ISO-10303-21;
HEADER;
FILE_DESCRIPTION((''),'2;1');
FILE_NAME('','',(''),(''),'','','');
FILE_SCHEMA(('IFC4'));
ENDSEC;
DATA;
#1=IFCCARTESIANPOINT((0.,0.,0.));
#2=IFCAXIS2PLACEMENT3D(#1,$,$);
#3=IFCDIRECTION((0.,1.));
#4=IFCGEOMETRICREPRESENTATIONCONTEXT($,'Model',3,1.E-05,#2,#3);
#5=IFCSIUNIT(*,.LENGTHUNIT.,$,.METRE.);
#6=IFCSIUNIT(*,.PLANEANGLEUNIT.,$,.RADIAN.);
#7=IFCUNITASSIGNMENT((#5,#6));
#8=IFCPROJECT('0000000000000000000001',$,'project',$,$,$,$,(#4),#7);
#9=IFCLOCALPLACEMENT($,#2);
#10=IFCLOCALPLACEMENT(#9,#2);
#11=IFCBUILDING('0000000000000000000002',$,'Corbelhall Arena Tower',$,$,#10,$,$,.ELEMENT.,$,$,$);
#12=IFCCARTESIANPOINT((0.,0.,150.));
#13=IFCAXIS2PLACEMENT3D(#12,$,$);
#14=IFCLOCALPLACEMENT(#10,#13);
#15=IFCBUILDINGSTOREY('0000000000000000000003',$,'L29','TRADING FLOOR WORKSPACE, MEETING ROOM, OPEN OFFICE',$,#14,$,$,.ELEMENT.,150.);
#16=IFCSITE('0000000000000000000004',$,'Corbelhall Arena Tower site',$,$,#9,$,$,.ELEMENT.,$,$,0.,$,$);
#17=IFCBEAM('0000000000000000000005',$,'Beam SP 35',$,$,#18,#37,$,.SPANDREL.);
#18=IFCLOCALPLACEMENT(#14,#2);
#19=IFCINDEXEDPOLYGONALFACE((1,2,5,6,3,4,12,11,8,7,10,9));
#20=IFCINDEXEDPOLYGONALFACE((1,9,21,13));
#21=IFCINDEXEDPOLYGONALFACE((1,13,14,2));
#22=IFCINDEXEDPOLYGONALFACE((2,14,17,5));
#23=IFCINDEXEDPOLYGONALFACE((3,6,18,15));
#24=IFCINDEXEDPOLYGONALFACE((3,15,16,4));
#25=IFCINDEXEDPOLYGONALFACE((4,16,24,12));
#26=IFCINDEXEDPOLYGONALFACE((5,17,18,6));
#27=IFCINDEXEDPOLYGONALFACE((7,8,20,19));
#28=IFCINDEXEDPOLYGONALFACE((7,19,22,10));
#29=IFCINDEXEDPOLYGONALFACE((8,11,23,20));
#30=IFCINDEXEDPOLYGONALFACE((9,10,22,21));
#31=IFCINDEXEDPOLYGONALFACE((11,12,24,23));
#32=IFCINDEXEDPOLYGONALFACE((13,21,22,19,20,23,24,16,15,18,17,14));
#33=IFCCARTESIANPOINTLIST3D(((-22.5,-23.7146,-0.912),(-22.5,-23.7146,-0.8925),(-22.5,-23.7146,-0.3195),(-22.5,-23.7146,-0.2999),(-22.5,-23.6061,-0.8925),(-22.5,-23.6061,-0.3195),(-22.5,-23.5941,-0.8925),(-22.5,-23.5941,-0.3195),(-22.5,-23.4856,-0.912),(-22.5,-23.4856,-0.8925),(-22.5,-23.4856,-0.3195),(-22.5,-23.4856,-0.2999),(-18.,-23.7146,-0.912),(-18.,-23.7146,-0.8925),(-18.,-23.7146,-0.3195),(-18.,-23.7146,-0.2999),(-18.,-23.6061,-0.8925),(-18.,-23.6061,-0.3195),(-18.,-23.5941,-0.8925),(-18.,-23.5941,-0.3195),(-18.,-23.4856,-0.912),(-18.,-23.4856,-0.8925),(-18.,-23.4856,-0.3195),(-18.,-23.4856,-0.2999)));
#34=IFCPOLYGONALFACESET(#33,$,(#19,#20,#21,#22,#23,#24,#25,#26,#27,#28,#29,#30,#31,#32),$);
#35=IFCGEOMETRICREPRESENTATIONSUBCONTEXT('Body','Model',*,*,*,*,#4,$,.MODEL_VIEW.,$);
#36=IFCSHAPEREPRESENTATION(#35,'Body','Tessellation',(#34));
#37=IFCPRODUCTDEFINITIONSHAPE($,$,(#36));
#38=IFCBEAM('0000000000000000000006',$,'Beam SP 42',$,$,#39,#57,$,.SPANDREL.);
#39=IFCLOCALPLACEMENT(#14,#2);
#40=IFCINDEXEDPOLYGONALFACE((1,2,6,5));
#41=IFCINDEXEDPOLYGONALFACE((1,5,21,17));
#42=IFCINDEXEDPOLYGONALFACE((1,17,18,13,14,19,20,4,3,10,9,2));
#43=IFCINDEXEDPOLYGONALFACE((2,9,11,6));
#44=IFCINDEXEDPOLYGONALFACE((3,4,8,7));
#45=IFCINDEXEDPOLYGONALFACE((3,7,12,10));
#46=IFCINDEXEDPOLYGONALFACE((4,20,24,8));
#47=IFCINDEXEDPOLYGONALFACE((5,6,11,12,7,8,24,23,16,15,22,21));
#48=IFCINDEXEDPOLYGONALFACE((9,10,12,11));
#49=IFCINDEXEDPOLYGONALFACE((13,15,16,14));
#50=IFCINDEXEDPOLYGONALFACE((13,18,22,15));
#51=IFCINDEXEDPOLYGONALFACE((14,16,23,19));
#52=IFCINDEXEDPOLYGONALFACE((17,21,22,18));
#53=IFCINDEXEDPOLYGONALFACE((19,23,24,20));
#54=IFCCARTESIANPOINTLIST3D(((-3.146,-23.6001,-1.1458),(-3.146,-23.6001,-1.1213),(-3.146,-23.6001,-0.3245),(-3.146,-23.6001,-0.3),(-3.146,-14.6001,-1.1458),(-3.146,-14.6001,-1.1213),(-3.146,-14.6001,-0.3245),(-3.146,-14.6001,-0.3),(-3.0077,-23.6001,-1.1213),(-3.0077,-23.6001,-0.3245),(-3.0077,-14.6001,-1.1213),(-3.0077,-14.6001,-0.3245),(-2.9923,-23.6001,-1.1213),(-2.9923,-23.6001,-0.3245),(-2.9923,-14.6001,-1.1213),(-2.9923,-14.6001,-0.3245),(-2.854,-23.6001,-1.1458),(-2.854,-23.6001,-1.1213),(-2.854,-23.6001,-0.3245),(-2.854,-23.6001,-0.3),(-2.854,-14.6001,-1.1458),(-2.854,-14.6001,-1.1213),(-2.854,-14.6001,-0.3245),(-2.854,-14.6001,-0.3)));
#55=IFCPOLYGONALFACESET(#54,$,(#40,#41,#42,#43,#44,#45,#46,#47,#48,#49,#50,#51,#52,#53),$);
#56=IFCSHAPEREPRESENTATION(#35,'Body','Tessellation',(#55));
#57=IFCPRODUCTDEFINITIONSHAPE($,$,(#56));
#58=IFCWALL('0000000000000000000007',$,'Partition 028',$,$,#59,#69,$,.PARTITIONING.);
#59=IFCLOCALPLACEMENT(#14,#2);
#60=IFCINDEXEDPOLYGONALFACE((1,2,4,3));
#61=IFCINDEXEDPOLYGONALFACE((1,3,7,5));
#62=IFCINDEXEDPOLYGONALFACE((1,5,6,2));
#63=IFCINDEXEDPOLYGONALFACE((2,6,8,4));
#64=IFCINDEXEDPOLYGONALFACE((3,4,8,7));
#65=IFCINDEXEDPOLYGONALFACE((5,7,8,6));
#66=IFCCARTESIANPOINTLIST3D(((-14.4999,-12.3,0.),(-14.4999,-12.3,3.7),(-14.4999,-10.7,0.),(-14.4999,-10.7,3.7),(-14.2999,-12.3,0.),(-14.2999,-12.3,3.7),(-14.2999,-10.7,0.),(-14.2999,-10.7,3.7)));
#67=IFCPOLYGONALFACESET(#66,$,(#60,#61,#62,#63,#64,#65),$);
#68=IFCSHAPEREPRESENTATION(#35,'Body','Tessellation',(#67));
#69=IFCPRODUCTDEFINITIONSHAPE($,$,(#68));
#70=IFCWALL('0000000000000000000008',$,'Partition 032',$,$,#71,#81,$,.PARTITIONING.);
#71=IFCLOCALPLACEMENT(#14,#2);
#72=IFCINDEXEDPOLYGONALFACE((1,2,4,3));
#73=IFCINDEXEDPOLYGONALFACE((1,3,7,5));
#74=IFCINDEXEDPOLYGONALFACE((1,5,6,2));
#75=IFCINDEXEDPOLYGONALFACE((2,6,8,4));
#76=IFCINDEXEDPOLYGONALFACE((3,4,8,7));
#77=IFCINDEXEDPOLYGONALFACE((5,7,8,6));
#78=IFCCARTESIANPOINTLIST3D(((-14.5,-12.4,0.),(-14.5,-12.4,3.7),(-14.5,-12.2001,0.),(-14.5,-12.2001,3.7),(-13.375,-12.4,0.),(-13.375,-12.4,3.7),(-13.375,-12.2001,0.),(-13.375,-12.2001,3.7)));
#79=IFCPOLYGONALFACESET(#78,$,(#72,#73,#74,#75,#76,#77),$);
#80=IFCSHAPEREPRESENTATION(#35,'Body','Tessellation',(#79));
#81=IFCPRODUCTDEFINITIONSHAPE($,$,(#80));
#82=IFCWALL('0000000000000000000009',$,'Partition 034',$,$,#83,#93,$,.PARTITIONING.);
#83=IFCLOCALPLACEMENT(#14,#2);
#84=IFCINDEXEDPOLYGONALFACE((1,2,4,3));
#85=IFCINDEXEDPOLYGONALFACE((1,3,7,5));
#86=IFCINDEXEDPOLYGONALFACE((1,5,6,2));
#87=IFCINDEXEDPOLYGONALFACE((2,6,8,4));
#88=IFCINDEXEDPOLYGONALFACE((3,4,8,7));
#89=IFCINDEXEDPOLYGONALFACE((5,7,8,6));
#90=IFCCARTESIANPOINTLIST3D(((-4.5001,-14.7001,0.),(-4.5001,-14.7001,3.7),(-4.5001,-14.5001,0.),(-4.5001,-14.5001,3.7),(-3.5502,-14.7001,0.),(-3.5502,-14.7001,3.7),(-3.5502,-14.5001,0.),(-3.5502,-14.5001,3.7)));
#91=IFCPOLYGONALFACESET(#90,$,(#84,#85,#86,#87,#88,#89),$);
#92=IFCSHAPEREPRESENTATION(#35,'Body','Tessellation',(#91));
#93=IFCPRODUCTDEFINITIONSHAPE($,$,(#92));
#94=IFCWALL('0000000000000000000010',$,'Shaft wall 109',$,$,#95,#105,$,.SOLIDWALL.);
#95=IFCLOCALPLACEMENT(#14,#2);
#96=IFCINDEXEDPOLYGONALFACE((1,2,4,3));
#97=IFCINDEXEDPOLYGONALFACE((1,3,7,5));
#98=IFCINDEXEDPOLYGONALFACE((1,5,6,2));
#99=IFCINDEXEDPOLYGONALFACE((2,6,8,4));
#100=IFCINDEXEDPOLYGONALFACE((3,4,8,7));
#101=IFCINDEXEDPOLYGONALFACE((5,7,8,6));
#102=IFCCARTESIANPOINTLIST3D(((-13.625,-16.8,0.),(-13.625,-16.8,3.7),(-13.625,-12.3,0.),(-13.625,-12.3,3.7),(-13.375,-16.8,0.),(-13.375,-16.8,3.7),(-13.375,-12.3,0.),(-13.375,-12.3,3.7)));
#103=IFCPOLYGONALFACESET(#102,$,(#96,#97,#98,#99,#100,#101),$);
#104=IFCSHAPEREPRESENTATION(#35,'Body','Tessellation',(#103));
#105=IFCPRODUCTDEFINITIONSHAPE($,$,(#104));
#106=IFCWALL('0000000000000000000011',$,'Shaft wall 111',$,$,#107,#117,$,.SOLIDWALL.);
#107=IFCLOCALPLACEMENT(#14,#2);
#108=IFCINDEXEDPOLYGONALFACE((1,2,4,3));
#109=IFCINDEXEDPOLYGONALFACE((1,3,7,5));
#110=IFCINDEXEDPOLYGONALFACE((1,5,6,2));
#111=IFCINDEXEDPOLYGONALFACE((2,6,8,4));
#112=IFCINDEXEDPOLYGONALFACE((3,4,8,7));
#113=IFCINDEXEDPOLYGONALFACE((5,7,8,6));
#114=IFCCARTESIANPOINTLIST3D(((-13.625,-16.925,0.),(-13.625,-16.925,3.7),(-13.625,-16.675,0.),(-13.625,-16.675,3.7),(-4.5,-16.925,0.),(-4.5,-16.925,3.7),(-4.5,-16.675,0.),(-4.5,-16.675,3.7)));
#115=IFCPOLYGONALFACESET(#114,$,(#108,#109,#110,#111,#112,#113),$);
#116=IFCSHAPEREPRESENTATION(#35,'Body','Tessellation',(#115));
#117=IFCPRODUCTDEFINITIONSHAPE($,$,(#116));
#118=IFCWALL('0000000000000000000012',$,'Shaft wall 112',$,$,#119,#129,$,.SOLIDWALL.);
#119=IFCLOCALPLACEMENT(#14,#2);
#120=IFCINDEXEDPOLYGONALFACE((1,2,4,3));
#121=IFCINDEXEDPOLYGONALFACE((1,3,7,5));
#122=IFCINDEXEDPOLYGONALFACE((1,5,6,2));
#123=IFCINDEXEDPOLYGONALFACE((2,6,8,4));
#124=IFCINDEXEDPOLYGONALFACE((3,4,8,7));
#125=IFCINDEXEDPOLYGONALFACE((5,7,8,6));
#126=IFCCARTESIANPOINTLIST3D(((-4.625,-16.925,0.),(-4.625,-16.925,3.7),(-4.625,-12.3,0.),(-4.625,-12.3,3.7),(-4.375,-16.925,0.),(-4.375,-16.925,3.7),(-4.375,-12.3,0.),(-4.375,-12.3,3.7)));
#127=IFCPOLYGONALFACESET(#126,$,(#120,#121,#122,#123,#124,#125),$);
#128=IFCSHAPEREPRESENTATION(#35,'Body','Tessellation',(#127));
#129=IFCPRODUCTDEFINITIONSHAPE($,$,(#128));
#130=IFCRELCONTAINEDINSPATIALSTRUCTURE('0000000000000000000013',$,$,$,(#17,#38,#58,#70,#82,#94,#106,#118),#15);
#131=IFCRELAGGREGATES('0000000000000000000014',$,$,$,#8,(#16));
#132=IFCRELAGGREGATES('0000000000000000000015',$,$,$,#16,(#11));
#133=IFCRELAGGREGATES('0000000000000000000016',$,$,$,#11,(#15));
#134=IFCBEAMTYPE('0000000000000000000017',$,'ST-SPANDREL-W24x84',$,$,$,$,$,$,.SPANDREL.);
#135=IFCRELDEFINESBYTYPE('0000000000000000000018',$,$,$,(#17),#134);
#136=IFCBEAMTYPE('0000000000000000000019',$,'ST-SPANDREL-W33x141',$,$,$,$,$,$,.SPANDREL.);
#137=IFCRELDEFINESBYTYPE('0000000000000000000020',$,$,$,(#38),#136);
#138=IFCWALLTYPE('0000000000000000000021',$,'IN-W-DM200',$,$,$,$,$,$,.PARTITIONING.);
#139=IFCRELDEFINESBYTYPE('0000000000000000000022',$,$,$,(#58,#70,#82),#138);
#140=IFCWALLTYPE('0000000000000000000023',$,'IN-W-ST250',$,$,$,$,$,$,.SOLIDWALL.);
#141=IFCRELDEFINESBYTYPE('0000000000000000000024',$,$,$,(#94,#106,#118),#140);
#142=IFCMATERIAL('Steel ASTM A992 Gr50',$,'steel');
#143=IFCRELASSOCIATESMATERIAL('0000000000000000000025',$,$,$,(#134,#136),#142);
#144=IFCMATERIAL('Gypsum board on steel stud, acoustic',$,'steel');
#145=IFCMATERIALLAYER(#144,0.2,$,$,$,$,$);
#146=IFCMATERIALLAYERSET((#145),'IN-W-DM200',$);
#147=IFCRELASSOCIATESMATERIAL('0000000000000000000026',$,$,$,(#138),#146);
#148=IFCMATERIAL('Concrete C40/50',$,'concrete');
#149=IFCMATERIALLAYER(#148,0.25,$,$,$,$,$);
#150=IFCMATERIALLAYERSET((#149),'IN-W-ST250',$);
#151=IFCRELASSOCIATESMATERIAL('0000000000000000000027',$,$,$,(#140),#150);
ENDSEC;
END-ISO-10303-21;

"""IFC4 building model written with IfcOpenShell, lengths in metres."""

from ifc_helpers import new_model, si_unit, direction, frame, frame_2d, origin, origin_2d, place, context, subcontext, project, spatial, rectangle, i_section, extrude, material, layer, layer_set, material_profile, profile_set, type_object, element, save


model = new_model("IFC4")

# Units and contexts
model_context = context("Model", 3, precision=1e-05, world=origin(), true_north=direction((0.0, 1.0)))
body_context = subcontext(model_context, "Body", "Model", "MODEL_VIEW")
ifc_project = project(units=[si_unit("LENGTHUNIT", "METRE"), si_unit("PLANEANGLEUNIT", "RADIAN")], contexts=[model_context])

# Site, building, storey
site_placement = place(None, origin())
site = spatial("IfcSite", under=ifc_project, at=site_placement, Name="Corbelhall Arena Tower site", CompositionType="ELEMENT", RefElevation=0.0)
building_placement = place(site_placement, origin())
building = spatial("IfcBuilding", under=site, at=building_placement, Name="Corbelhall Arena Tower", CompositionType="ELEMENT")
storey_placement = place(building_placement, frame((0.0, 0.0, 150.0)))
storey = spatial("IfcBuildingStorey", under=building, at=storey_placement, Name="L29", Description="TRADING FLOOR WORKSPACE, MEETING ROOM, OPEN OFFICE", CompositionType="ELEMENT", Elevation=150.0)

# Beams
ifc_material_1 = material(Name="Steel ASTM A992 Gr50", Category="steel")
ifc_material_profile_1 = material_profile(ifc_material_1, i_section(OverallWidth=0.229, OverallDepth=0.6121, WebThickness=0.012, FlangeThickness=0.0195, at=origin_2d()))
ifc_profile_set_1 = profile_set([ifc_material_profile_1], Name="Steel ASTM A992 Gr50")
beam_type_1 = type_object("IfcBeamType", Name="ST-SPANDREL-W24x84", PredefinedType="SPANDREL", material=ifc_profile_set_1)
for number, where, z_axis, x_axis, name in (
    (1, (-18.0, -23.6001, -0.606), (-1.0, 0.0, 0.0), (0.0, -1.0, 0.0), "Beam SP 35"),
):
    element("IfcBeam", number, at=place(storey_placement, frame(where, z_axis=z_axis, x_axis=x_axis)), inside=storey, type_object=beam_type_1, Name=name, PredefinedType="SPANDREL", context=body_context, shape_type="SweptSolid", body=[
        extrude(i_section(OverallWidth=0.229, OverallDepth=0.6121, WebThickness=0.012, FlangeThickness=0.0195, at=origin_2d()), origin(), (0.0, 0.0, 1.0), 4.5),
    ])
ifc_material_profile_2 = material_profile(ifc_material_1, i_section(OverallWidth=0.292, OverallDepth=0.8457, WebThickness=0.0154, FlangeThickness=0.0244, at=origin_2d()))
ifc_profile_set_2 = profile_set([ifc_material_profile_2], Name="Steel ASTM A992 Gr50")
beam_type_2 = type_object("IfcBeamType", Name="ST-SPANDREL-W33x141", PredefinedType="SPANDREL", material=ifc_profile_set_2)
beam_1_placement = place(storey_placement, frame((-3.0, -14.6001, -0.7229), z_axis=(0.0, -1.0, 0.0), x_axis=(1.0, 0.0, 0.0)))
element("IfcBeam", 2, at=beam_1_placement, inside=storey, type_object=beam_type_2, Name="Beam SP 42", PredefinedType="SPANDREL", context=body_context, shape_type="SweptSolid", body=[
    extrude(i_section(OverallWidth=0.292, OverallDepth=0.8457, WebThickness=0.0154, FlangeThickness=0.0244, at=origin_2d()), origin(), (0.0, 0.0, 1.0), 9.0),
])

# Walls
ifc_material_2 = material(Name="Gypsum board on steel stud, acoustic", Category="steel")
ifc_layer_1 = layer(ifc_material_2, 0.2)
ifc_layer_set_1 = layer_set([ifc_layer_1], Name="IN-W-DM200")
wall_type_1 = type_object("IfcWallType", Name="IN-W-DM200", PredefinedType="PARTITIONING", material=ifc_layer_set_1)
wall_1_placement = place(storey_placement, frame((-14.3999, -12.3, 0.0), z_axis=(0.0, 0.0, 1.0), x_axis=(0.0, 1.0, 0.0)))
element("IfcWall", 3, at=wall_1_placement, inside=storey, type_object=wall_type_1, Name="Partition 028", PredefinedType="PARTITIONING", context=body_context, shape_type="SweptSolid", body=[
    extrude(rectangle(XDim=1.6001, YDim=0.2, at=frame_2d((0.8, 0.0))), origin(), (0.0, 0.0, 1.0), 3.7),
])
wall_2_placement = place(storey_placement, frame((-13.375, -12.3, 0.0), z_axis=(0.0, 0.0, 1.0), x_axis=(-1.0, 0.0, 0.0)))
element("IfcWall", 4, at=wall_2_placement, inside=storey, type_object=wall_type_1, Name="Partition 032", PredefinedType="PARTITIONING", context=body_context, shape_type="SweptSolid", body=[
    extrude(rectangle(XDim=1.125, YDim=0.2, at=frame_2d((0.5625, 0.0))), origin(), (0.0, 0.0, 1.0), 3.7),
])
wall_3_placement = place(storey_placement, frame((-3.55, -14.6001, 0.0), z_axis=(0.0, 0.0, 1.0), x_axis=(-1.0, 0.0, 0.0)))
element("IfcWall", 5, at=wall_3_placement, inside=storey, type_object=wall_type_1, Name="Partition 034", PredefinedType="PARTITIONING", context=body_context, shape_type="SweptSolid", body=[
    extrude(rectangle(XDim=0.95, YDim=0.2, at=frame_2d((0.4751, 0.0))), origin(), (0.0, 0.0, 1.0), 3.7),
])
ifc_material_3 = material(Name="Concrete C40/50", Category="concrete")
ifc_layer_2 = layer(ifc_material_3, 0.25)
ifc_layer_set_2 = layer_set([ifc_layer_2], Name="IN-W-ST250")
wall_type_2 = type_object("IfcWallType", Name="IN-W-ST250", PredefinedType="SOLIDWALL", material=ifc_layer_set_2)
wall_4_placement = place(storey_placement, frame((-13.5, -16.8, 0.0), z_axis=(0.0, 0.0, 1.0), x_axis=(0.0, 1.0, 0.0)))
element("IfcWall", 6, at=wall_4_placement, inside=storey, type_object=wall_type_2, Name="Shaft wall 109", PredefinedType="SOLIDWALL", context=body_context, shape_type="SweptSolid", body=[
    extrude(rectangle(XDim=4.5, YDim=0.25, at=frame_2d((2.25, 0.0))), origin(), (0.0, 0.0, 1.0), 3.7),
])
wall_5_placement = place(storey_placement, frame((-4.5, -16.8, 0.0), z_axis=(0.0, 0.0, 1.0), x_axis=(-1.0, 0.0, 0.0)))
element("IfcWall", 7, at=wall_5_placement, inside=storey, type_object=wall_type_2, Name="Shaft wall 111", PredefinedType="SOLIDWALL", context=body_context, shape_type="SweptSolid", body=[
    extrude(rectangle(XDim=9.125, YDim=0.25, at=frame_2d((4.5625, 0.0))), origin(), (0.0, 0.0, 1.0), 3.7),
])
wall_6_placement = place(storey_placement, frame((-4.5, -12.3, 0.0), z_axis=(0.0, 0.0, 1.0), x_axis=(0.0, -1.0, 0.0)))
element("IfcWall", 8, at=wall_6_placement, inside=storey, type_object=wall_type_2, Name="Shaft wall 112", PredefinedType="SOLIDWALL", context=body_context, shape_type="SweptSolid", body=[
    extrude(rectangle(XDim=4.625, YDim=0.25, at=frame_2d((2.3125, 0.0))), origin(), (0.0, 0.0, 1.0), 3.7),
])

save(model, "model.ifc")
